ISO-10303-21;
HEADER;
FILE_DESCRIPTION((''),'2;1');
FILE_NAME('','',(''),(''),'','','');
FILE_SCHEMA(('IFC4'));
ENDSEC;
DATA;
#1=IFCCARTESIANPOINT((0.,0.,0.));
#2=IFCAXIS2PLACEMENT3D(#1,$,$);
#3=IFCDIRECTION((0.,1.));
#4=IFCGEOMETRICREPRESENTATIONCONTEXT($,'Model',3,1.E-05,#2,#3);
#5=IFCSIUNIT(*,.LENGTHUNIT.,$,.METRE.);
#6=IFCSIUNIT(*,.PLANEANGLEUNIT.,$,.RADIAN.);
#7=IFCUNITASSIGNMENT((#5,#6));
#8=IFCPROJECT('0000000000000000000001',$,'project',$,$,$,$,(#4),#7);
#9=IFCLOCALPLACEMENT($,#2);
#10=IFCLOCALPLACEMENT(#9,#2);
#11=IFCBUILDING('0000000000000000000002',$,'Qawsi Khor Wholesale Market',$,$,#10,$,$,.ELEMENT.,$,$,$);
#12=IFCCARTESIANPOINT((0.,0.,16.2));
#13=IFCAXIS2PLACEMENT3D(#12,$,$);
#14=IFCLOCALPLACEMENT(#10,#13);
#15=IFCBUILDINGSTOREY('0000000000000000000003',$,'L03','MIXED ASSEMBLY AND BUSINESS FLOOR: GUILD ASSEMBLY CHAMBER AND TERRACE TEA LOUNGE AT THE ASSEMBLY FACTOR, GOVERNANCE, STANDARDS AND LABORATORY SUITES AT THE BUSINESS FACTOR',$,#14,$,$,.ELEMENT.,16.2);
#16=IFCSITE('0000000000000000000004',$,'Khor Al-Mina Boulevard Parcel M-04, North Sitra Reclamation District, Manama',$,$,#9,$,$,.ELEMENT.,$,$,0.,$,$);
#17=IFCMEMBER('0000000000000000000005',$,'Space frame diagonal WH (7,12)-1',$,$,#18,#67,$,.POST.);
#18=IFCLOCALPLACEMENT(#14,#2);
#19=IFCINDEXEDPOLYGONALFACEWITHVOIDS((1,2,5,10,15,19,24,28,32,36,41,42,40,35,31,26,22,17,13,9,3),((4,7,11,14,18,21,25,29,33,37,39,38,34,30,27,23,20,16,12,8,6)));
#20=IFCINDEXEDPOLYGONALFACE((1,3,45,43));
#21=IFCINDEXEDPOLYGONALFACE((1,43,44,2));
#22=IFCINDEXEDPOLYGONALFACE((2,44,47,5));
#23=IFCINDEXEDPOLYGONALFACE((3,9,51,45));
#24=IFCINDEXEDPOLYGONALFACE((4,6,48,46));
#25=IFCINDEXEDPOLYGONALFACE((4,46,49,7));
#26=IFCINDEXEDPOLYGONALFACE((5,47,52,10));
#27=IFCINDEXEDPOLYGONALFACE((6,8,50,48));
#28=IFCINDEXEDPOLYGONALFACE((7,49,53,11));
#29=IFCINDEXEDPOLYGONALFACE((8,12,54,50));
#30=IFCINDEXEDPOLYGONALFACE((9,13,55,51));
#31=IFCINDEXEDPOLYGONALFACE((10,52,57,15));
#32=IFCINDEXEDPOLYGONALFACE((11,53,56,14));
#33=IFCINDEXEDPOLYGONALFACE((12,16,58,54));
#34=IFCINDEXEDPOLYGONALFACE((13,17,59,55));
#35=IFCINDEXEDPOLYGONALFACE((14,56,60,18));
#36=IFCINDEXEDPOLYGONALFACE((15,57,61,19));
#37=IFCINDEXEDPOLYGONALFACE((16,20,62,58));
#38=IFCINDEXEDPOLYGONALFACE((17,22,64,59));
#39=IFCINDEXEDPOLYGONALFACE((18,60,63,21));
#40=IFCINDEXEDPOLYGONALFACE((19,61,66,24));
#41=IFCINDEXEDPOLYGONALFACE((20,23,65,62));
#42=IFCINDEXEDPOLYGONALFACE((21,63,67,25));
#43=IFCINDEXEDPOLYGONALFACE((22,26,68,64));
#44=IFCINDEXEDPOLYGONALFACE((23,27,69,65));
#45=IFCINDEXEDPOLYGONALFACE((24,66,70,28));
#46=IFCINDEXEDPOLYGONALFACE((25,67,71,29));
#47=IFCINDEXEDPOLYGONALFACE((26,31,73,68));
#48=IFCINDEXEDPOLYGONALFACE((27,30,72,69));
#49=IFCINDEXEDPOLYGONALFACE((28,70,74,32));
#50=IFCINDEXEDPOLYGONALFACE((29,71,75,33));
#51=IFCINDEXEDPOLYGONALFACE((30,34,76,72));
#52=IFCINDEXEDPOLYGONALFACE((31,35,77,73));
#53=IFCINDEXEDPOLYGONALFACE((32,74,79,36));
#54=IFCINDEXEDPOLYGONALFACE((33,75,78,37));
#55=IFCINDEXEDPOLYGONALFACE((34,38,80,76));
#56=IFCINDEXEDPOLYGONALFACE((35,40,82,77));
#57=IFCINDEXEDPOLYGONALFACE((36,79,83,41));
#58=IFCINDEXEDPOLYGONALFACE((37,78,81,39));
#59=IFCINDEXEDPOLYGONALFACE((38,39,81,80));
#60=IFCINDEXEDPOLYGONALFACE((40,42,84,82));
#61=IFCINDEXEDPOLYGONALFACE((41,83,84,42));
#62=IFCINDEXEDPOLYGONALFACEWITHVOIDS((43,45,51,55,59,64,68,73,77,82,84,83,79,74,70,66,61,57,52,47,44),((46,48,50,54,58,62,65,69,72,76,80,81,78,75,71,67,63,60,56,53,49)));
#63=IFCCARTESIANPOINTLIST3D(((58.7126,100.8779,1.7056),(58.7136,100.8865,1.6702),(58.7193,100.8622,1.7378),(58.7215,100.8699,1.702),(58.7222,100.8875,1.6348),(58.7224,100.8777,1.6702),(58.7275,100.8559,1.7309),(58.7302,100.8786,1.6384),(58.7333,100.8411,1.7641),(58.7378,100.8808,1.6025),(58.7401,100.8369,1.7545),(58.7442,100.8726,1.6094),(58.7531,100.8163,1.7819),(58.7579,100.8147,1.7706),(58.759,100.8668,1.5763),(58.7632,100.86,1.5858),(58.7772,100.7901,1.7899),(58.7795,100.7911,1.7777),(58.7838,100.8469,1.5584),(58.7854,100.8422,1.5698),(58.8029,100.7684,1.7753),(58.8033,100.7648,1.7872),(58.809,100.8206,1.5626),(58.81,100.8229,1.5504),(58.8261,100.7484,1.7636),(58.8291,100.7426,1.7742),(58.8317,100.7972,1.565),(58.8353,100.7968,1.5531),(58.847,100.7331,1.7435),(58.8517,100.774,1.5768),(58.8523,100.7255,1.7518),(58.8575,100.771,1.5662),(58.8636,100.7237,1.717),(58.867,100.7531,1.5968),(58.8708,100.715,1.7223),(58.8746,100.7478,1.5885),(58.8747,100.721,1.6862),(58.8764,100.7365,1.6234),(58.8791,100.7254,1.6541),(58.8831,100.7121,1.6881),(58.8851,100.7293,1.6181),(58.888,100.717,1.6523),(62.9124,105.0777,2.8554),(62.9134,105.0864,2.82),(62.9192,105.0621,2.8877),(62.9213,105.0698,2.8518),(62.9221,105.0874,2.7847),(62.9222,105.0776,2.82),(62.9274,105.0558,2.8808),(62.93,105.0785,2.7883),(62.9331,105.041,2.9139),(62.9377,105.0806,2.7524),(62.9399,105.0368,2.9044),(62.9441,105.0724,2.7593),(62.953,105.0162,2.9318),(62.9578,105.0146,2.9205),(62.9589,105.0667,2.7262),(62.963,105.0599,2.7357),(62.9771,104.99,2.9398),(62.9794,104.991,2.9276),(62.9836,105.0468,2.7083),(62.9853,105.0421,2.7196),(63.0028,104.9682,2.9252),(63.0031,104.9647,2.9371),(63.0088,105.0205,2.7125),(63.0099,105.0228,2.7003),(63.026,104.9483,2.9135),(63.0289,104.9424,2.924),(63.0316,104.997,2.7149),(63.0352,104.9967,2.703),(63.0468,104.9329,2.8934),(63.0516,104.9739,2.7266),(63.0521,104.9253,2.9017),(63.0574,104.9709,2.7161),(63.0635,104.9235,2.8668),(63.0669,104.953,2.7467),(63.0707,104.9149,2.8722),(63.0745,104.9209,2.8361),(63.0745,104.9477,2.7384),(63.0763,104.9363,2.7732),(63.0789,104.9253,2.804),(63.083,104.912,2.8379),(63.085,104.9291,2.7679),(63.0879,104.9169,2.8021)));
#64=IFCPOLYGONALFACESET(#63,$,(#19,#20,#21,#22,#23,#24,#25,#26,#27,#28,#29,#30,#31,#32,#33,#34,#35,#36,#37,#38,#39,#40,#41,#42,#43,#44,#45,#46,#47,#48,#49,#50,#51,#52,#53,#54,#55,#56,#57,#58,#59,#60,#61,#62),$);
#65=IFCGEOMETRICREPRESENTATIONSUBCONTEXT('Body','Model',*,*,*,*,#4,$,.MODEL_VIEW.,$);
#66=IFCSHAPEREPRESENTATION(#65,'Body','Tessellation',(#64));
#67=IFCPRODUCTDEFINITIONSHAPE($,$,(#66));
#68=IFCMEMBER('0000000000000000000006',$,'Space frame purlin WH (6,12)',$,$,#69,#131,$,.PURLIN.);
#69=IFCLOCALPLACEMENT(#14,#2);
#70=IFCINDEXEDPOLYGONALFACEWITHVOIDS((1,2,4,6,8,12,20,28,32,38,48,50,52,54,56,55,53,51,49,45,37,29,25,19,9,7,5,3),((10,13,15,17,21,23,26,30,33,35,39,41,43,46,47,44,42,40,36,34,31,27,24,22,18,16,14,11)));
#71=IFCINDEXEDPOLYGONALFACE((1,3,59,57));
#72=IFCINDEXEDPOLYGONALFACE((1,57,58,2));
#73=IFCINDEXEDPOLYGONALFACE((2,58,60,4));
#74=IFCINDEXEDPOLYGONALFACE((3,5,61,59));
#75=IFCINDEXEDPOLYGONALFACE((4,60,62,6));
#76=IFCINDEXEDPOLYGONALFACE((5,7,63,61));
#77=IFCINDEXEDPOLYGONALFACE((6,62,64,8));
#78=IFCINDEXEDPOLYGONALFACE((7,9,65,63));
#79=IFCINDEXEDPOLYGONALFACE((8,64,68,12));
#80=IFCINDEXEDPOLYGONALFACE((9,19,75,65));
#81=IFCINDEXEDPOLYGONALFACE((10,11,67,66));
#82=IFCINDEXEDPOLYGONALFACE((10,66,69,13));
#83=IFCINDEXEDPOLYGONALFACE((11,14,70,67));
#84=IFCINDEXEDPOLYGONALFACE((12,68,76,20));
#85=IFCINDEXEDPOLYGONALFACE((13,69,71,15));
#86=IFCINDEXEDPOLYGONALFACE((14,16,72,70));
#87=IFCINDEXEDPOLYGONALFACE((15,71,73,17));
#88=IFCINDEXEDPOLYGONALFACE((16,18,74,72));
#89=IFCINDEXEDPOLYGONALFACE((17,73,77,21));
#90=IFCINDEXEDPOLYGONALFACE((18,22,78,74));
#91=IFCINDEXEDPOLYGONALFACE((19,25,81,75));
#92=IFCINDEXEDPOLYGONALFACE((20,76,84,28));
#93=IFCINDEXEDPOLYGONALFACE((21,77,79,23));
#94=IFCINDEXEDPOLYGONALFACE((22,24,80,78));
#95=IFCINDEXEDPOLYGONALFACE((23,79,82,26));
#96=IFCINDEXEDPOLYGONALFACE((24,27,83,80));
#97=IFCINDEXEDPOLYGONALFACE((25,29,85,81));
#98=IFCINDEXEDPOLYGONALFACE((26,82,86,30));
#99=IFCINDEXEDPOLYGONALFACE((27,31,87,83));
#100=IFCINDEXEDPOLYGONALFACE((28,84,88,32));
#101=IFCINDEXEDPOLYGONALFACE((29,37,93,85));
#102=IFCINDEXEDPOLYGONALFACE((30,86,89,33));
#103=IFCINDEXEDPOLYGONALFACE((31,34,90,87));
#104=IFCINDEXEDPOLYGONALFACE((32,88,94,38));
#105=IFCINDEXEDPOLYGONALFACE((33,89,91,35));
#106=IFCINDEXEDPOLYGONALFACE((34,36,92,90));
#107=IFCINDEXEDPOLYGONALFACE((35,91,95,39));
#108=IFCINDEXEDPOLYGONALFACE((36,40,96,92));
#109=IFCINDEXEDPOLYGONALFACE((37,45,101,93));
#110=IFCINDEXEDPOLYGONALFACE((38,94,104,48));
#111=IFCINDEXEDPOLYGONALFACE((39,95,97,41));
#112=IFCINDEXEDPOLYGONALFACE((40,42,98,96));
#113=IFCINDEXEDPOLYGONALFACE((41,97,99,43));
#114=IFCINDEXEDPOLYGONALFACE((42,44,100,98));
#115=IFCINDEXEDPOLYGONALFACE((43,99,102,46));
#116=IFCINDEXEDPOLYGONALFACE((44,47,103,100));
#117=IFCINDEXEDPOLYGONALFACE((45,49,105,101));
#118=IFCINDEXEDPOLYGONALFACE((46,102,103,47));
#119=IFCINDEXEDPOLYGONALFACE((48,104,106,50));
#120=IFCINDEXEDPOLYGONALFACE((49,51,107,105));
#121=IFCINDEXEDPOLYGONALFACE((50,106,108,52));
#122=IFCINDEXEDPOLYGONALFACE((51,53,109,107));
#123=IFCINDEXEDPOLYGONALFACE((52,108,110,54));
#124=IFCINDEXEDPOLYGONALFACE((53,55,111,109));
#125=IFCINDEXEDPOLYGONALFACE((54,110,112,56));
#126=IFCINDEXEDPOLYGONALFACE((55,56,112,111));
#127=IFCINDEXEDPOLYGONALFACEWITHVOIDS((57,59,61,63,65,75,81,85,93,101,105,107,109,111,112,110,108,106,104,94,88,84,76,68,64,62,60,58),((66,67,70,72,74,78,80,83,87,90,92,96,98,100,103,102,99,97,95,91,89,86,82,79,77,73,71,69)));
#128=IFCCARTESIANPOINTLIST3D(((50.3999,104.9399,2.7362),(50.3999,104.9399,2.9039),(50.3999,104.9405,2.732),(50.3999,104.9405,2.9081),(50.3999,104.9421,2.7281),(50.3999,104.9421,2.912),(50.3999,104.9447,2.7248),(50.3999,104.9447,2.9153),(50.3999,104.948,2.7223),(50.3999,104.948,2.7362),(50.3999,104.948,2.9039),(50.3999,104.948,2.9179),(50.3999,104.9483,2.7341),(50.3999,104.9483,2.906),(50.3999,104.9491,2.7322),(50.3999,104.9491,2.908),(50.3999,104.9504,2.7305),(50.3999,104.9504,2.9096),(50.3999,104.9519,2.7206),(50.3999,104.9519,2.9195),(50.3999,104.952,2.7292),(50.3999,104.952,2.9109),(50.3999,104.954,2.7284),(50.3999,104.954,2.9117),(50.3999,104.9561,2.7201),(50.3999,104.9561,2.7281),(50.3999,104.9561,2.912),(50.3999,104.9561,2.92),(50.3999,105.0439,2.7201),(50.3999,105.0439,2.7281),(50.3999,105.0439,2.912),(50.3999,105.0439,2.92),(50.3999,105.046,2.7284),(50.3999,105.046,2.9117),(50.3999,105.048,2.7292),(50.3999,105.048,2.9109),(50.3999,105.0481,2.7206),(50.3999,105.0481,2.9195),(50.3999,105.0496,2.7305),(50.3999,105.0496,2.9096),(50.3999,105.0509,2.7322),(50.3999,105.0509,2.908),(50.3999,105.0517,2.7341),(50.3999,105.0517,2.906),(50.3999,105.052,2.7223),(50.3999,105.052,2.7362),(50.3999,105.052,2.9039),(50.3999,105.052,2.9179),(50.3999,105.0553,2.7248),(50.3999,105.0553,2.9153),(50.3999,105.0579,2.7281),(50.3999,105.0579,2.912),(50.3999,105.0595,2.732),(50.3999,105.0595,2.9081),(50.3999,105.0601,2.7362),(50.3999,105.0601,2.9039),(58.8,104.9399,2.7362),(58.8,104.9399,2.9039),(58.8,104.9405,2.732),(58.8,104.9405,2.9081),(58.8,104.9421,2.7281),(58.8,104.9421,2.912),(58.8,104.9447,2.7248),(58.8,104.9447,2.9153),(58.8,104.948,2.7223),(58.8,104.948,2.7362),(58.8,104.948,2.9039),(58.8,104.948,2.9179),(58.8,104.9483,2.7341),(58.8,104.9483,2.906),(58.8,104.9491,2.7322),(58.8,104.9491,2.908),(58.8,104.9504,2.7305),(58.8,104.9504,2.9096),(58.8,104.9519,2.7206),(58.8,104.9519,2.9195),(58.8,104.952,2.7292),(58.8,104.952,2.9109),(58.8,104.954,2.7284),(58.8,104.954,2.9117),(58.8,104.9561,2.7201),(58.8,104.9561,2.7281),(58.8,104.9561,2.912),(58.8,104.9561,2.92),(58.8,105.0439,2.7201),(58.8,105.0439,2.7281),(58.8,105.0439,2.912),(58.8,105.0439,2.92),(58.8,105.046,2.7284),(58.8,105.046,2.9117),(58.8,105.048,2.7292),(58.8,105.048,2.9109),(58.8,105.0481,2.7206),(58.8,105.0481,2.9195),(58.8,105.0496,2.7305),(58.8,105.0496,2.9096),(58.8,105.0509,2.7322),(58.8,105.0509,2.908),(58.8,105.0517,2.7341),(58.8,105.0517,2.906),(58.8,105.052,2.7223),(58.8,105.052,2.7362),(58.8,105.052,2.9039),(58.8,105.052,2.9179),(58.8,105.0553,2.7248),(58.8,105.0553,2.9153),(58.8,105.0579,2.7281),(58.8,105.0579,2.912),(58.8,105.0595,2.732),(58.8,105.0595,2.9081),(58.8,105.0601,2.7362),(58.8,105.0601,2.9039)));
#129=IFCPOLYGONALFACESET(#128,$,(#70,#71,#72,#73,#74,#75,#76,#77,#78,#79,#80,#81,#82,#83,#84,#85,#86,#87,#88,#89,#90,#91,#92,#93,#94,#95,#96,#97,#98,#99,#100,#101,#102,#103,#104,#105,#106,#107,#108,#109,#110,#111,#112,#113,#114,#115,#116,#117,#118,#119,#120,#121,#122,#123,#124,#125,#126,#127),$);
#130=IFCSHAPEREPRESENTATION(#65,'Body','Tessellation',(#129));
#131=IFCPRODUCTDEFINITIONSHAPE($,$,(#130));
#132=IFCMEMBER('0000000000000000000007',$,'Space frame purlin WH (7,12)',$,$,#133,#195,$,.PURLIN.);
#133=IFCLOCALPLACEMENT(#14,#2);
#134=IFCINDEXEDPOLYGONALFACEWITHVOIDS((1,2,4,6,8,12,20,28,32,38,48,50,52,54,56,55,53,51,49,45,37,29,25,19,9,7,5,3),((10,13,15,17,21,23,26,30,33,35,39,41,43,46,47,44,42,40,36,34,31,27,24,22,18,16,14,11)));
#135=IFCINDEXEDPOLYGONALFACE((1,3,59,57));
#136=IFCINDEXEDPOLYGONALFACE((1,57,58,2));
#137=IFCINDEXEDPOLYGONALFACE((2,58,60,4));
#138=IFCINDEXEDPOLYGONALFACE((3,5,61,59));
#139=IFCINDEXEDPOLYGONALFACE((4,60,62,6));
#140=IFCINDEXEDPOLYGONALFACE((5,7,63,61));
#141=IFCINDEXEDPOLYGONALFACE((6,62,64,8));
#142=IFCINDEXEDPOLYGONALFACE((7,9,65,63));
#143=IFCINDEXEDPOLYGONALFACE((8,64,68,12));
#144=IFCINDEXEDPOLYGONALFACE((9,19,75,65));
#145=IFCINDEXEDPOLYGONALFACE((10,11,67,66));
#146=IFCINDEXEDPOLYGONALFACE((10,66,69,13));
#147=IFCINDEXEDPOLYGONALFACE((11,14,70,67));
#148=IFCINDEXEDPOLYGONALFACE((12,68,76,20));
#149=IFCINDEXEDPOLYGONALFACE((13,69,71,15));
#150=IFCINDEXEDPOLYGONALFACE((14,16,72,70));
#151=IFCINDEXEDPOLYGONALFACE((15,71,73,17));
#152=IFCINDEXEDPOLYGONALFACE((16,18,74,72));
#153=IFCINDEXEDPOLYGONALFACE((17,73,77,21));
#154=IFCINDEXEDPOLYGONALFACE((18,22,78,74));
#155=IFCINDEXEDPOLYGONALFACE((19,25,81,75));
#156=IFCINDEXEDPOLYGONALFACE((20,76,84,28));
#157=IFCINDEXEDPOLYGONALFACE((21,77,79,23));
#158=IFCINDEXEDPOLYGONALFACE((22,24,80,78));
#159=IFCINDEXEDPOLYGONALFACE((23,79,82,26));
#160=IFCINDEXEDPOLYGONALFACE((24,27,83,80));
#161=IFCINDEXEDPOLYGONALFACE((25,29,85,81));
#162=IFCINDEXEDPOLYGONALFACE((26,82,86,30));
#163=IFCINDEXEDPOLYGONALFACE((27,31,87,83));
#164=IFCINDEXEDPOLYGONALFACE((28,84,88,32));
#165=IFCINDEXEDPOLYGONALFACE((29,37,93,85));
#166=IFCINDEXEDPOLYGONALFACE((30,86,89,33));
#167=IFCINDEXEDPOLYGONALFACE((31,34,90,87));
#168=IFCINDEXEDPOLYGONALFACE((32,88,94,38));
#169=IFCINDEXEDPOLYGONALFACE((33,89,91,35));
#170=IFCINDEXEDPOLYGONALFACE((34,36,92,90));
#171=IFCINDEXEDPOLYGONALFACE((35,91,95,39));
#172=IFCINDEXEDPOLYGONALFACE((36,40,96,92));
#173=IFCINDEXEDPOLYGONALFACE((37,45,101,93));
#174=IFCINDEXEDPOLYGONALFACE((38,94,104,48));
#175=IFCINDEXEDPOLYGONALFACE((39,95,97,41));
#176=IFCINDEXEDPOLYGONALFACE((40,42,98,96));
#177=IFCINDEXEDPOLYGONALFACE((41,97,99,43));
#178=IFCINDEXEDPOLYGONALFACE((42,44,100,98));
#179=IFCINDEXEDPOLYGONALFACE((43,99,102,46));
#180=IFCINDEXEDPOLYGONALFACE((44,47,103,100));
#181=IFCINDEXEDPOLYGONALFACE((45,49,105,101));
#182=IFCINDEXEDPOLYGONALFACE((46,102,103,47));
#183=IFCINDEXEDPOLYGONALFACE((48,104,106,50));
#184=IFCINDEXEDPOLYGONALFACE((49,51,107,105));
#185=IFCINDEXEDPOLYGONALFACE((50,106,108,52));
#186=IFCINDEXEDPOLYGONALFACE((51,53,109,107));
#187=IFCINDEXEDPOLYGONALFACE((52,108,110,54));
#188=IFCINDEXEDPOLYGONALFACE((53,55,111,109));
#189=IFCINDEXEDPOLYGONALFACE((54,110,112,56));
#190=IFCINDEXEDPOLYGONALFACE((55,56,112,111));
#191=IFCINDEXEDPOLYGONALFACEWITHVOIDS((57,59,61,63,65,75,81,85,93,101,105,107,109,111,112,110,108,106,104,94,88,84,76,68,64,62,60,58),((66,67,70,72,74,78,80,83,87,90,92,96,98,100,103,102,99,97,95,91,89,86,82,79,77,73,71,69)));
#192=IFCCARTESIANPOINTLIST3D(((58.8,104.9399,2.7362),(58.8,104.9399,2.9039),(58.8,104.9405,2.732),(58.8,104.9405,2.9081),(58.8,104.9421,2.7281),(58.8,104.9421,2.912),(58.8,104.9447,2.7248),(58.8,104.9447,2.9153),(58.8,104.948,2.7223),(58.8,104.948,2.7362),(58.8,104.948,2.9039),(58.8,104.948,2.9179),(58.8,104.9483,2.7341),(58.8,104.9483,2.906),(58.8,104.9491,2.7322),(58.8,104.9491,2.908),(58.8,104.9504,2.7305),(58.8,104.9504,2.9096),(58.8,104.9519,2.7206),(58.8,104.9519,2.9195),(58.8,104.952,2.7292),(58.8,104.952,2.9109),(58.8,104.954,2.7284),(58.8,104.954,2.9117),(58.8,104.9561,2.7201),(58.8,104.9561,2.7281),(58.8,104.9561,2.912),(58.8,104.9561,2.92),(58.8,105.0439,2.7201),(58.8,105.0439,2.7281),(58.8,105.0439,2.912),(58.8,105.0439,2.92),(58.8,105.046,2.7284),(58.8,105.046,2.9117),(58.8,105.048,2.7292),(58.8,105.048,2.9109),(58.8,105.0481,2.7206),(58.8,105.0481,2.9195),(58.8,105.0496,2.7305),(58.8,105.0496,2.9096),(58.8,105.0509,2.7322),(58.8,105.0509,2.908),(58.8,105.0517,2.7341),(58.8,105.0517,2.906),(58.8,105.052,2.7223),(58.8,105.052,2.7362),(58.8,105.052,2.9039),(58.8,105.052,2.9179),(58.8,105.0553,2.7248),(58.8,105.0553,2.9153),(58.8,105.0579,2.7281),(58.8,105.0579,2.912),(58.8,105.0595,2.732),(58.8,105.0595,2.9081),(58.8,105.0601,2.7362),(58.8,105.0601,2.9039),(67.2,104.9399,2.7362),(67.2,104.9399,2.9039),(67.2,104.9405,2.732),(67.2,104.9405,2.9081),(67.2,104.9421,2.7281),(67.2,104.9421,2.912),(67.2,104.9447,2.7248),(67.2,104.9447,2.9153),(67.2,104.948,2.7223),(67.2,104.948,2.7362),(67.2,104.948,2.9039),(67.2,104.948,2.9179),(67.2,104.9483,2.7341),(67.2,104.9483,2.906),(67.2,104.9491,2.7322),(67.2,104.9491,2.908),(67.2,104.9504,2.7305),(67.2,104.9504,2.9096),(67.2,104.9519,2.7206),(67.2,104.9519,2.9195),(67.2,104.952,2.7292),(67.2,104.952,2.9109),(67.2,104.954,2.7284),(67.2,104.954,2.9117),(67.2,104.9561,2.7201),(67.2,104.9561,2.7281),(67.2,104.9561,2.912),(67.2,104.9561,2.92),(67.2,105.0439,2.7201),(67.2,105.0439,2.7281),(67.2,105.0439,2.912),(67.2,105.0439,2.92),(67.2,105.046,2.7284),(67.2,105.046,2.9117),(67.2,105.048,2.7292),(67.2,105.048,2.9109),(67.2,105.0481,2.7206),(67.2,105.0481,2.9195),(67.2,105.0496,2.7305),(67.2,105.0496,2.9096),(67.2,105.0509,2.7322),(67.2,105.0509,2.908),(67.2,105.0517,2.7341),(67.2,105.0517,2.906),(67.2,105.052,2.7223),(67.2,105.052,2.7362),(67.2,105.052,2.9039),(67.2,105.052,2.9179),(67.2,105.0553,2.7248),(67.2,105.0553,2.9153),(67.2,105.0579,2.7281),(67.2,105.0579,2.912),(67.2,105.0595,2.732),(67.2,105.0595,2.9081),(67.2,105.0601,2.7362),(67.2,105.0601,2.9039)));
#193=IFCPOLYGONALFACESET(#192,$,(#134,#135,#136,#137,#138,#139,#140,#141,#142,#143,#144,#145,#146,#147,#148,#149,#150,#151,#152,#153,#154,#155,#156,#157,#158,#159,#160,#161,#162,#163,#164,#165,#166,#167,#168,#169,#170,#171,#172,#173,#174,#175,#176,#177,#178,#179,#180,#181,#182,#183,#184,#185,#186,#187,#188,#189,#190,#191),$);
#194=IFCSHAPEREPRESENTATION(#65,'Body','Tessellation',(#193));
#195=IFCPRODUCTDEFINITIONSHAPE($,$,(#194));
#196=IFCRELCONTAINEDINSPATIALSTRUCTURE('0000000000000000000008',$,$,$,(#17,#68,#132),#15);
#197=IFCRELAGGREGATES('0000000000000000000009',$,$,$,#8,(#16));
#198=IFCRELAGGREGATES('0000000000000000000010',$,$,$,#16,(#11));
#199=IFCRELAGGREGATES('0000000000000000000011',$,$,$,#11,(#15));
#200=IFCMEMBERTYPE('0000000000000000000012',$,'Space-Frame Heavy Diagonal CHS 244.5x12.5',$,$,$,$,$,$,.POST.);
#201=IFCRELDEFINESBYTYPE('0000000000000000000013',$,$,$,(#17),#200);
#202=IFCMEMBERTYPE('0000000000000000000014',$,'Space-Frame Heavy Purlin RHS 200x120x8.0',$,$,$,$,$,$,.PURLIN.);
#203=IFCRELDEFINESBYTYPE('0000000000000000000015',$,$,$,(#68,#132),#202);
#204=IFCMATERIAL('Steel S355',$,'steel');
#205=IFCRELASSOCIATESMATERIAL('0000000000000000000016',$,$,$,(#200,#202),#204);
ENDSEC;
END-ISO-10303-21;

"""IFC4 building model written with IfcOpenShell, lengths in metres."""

from ifc_helpers import new_model, si_unit, direction, frame, origin, origin_2d, place, context, subcontext, project, spatial, hollow_rectangle, hollow_circle, extrude, material, material_profile, profile_set, type_object, element, save


model = new_model("IFC4")

# Units and contexts
model_context = context("Model", 3, precision=1e-05, world=origin(), true_north=direction((0.0, 1.0)))
body_context = subcontext(model_context, "Body", "Model", "MODEL_VIEW")
ifc_project = project(units=[si_unit("LENGTHUNIT", "METRE"), si_unit("PLANEANGLEUNIT", "RADIAN")], contexts=[model_context])

# Site, building, storey
site_placement = place(None, origin())
site = spatial("IfcSite", under=ifc_project, at=site_placement, Name="Khor Al-Mina Boulevard Parcel M-04, North Sitra Reclamation District, Manama", CompositionType="ELEMENT", RefElevation=0.0)
building_placement = place(site_placement, origin())
building = spatial("IfcBuilding", under=site, at=building_placement, Name="Qawsi Khor Wholesale Market", CompositionType="ELEMENT")
storey_placement = place(building_placement, frame((0.0, 0.0, 16.2)))
storey = spatial("IfcBuildingStorey", under=building, at=storey_placement, Name="L03", Description="MIXED ASSEMBLY AND BUSINESS FLOOR: GUILD ASSEMBLY CHAMBER AND TERRACE TEA LOUNGE AT THE ASSEMBLY FACTOR, GOVERNANCE, STANDARDS AND LABORATORY SUITES AT THE BUSINESS FACTOR", CompositionType="ELEMENT", Elevation=16.2)

# Members
ifc_material_1 = material(Name="Steel S355", Category="steel")
ifc_material_profile_1 = material_profile(ifc_material_1, hollow_circle(Radius=0.1223, WallThickness=0.0125, at=origin_2d()), Name="CHS 244.5x12.5")
ifc_profile_set_1 = profile_set([ifc_material_profile_1], Name="Steel S355")
member_type_1 = type_object("IfcMemberType", Name="Space-Frame Heavy Diagonal CHS 244.5x12.5", PredefinedType="POST", material=ifc_profile_set_1)
member_1_placement = place(storey_placement, frame((58.8, 100.8, 1.6702), z_axis=(0.694217, 0.694217, 0.190069), x_axis=(-0.707107, 0.707107, 0.0)))
element("IfcMember", 1, at=member_1_placement, inside=storey, type_object=member_type_1, Name="Space frame diagonal WH (7,12)-1", PredefinedType="POST", context=body_context, shape_type="SweptSolid", body=[
    extrude(hollow_circle(Radius=0.1223, WallThickness=0.0125, at=origin_2d()), origin(), (0.0, 0.0, 1.0), 6.0498),
])
ifc_material_profile_2 = material_profile(ifc_material_1, hollow_rectangle(XDim=0.1201, YDim=0.2, WallThickness=0.0081, InnerFilletRadius=0.0081, OuterFilletRadius=0.0161, at=origin_2d()), Name="RHS 200x120x8.0")
ifc_profile_set_2 = profile_set([ifc_material_profile_2], Name="Steel S355")
member_type_2 = type_object("IfcMemberType", Name="Space-Frame Heavy Purlin RHS 200x120x8.0", PredefinedType="PURLIN", material=ifc_profile_set_2)
member_2_placement = place(storey_placement, frame((50.3999, 105.0, 2.8201), z_axis=(1.0, 0.0, 0.0), x_axis=(0.0, 1.0, 0.0)))
element("IfcMember", 2, at=member_2_placement, inside=storey, type_object=member_type_2, Name="Space frame purlin WH (6,12)", PredefinedType="PURLIN", context=body_context, shape_type="SweptSolid", body=[
    extrude(hollow_rectangle(XDim=0.1201, YDim=0.2, WallThickness=0.0081, InnerFilletRadius=0.0081, OuterFilletRadius=0.0161, at=origin_2d()), origin(), (0.0, 0.0, 1.0), 8.4001),
])
member_3_placement = place(storey_placement, frame((58.8, 105.0, 2.8201), z_axis=(1.0, 0.0, 0.0), x_axis=(0.0, 1.0, 0.0)))
element("IfcMember", 3, at=member_3_placement, inside=storey, type_object=member_type_2, Name="Space frame purlin WH (7,12)", PredefinedType="PURLIN", context=body_context, shape_type="SweptSolid", body=[
    extrude(hollow_rectangle(XDim=0.1201, YDim=0.2, WallThickness=0.0081, InnerFilletRadius=0.0081, OuterFilletRadius=0.0161, at=origin_2d()), origin(), (0.0, 0.0, 1.0), 8.3999),
])

save(model, "model.ifc")
